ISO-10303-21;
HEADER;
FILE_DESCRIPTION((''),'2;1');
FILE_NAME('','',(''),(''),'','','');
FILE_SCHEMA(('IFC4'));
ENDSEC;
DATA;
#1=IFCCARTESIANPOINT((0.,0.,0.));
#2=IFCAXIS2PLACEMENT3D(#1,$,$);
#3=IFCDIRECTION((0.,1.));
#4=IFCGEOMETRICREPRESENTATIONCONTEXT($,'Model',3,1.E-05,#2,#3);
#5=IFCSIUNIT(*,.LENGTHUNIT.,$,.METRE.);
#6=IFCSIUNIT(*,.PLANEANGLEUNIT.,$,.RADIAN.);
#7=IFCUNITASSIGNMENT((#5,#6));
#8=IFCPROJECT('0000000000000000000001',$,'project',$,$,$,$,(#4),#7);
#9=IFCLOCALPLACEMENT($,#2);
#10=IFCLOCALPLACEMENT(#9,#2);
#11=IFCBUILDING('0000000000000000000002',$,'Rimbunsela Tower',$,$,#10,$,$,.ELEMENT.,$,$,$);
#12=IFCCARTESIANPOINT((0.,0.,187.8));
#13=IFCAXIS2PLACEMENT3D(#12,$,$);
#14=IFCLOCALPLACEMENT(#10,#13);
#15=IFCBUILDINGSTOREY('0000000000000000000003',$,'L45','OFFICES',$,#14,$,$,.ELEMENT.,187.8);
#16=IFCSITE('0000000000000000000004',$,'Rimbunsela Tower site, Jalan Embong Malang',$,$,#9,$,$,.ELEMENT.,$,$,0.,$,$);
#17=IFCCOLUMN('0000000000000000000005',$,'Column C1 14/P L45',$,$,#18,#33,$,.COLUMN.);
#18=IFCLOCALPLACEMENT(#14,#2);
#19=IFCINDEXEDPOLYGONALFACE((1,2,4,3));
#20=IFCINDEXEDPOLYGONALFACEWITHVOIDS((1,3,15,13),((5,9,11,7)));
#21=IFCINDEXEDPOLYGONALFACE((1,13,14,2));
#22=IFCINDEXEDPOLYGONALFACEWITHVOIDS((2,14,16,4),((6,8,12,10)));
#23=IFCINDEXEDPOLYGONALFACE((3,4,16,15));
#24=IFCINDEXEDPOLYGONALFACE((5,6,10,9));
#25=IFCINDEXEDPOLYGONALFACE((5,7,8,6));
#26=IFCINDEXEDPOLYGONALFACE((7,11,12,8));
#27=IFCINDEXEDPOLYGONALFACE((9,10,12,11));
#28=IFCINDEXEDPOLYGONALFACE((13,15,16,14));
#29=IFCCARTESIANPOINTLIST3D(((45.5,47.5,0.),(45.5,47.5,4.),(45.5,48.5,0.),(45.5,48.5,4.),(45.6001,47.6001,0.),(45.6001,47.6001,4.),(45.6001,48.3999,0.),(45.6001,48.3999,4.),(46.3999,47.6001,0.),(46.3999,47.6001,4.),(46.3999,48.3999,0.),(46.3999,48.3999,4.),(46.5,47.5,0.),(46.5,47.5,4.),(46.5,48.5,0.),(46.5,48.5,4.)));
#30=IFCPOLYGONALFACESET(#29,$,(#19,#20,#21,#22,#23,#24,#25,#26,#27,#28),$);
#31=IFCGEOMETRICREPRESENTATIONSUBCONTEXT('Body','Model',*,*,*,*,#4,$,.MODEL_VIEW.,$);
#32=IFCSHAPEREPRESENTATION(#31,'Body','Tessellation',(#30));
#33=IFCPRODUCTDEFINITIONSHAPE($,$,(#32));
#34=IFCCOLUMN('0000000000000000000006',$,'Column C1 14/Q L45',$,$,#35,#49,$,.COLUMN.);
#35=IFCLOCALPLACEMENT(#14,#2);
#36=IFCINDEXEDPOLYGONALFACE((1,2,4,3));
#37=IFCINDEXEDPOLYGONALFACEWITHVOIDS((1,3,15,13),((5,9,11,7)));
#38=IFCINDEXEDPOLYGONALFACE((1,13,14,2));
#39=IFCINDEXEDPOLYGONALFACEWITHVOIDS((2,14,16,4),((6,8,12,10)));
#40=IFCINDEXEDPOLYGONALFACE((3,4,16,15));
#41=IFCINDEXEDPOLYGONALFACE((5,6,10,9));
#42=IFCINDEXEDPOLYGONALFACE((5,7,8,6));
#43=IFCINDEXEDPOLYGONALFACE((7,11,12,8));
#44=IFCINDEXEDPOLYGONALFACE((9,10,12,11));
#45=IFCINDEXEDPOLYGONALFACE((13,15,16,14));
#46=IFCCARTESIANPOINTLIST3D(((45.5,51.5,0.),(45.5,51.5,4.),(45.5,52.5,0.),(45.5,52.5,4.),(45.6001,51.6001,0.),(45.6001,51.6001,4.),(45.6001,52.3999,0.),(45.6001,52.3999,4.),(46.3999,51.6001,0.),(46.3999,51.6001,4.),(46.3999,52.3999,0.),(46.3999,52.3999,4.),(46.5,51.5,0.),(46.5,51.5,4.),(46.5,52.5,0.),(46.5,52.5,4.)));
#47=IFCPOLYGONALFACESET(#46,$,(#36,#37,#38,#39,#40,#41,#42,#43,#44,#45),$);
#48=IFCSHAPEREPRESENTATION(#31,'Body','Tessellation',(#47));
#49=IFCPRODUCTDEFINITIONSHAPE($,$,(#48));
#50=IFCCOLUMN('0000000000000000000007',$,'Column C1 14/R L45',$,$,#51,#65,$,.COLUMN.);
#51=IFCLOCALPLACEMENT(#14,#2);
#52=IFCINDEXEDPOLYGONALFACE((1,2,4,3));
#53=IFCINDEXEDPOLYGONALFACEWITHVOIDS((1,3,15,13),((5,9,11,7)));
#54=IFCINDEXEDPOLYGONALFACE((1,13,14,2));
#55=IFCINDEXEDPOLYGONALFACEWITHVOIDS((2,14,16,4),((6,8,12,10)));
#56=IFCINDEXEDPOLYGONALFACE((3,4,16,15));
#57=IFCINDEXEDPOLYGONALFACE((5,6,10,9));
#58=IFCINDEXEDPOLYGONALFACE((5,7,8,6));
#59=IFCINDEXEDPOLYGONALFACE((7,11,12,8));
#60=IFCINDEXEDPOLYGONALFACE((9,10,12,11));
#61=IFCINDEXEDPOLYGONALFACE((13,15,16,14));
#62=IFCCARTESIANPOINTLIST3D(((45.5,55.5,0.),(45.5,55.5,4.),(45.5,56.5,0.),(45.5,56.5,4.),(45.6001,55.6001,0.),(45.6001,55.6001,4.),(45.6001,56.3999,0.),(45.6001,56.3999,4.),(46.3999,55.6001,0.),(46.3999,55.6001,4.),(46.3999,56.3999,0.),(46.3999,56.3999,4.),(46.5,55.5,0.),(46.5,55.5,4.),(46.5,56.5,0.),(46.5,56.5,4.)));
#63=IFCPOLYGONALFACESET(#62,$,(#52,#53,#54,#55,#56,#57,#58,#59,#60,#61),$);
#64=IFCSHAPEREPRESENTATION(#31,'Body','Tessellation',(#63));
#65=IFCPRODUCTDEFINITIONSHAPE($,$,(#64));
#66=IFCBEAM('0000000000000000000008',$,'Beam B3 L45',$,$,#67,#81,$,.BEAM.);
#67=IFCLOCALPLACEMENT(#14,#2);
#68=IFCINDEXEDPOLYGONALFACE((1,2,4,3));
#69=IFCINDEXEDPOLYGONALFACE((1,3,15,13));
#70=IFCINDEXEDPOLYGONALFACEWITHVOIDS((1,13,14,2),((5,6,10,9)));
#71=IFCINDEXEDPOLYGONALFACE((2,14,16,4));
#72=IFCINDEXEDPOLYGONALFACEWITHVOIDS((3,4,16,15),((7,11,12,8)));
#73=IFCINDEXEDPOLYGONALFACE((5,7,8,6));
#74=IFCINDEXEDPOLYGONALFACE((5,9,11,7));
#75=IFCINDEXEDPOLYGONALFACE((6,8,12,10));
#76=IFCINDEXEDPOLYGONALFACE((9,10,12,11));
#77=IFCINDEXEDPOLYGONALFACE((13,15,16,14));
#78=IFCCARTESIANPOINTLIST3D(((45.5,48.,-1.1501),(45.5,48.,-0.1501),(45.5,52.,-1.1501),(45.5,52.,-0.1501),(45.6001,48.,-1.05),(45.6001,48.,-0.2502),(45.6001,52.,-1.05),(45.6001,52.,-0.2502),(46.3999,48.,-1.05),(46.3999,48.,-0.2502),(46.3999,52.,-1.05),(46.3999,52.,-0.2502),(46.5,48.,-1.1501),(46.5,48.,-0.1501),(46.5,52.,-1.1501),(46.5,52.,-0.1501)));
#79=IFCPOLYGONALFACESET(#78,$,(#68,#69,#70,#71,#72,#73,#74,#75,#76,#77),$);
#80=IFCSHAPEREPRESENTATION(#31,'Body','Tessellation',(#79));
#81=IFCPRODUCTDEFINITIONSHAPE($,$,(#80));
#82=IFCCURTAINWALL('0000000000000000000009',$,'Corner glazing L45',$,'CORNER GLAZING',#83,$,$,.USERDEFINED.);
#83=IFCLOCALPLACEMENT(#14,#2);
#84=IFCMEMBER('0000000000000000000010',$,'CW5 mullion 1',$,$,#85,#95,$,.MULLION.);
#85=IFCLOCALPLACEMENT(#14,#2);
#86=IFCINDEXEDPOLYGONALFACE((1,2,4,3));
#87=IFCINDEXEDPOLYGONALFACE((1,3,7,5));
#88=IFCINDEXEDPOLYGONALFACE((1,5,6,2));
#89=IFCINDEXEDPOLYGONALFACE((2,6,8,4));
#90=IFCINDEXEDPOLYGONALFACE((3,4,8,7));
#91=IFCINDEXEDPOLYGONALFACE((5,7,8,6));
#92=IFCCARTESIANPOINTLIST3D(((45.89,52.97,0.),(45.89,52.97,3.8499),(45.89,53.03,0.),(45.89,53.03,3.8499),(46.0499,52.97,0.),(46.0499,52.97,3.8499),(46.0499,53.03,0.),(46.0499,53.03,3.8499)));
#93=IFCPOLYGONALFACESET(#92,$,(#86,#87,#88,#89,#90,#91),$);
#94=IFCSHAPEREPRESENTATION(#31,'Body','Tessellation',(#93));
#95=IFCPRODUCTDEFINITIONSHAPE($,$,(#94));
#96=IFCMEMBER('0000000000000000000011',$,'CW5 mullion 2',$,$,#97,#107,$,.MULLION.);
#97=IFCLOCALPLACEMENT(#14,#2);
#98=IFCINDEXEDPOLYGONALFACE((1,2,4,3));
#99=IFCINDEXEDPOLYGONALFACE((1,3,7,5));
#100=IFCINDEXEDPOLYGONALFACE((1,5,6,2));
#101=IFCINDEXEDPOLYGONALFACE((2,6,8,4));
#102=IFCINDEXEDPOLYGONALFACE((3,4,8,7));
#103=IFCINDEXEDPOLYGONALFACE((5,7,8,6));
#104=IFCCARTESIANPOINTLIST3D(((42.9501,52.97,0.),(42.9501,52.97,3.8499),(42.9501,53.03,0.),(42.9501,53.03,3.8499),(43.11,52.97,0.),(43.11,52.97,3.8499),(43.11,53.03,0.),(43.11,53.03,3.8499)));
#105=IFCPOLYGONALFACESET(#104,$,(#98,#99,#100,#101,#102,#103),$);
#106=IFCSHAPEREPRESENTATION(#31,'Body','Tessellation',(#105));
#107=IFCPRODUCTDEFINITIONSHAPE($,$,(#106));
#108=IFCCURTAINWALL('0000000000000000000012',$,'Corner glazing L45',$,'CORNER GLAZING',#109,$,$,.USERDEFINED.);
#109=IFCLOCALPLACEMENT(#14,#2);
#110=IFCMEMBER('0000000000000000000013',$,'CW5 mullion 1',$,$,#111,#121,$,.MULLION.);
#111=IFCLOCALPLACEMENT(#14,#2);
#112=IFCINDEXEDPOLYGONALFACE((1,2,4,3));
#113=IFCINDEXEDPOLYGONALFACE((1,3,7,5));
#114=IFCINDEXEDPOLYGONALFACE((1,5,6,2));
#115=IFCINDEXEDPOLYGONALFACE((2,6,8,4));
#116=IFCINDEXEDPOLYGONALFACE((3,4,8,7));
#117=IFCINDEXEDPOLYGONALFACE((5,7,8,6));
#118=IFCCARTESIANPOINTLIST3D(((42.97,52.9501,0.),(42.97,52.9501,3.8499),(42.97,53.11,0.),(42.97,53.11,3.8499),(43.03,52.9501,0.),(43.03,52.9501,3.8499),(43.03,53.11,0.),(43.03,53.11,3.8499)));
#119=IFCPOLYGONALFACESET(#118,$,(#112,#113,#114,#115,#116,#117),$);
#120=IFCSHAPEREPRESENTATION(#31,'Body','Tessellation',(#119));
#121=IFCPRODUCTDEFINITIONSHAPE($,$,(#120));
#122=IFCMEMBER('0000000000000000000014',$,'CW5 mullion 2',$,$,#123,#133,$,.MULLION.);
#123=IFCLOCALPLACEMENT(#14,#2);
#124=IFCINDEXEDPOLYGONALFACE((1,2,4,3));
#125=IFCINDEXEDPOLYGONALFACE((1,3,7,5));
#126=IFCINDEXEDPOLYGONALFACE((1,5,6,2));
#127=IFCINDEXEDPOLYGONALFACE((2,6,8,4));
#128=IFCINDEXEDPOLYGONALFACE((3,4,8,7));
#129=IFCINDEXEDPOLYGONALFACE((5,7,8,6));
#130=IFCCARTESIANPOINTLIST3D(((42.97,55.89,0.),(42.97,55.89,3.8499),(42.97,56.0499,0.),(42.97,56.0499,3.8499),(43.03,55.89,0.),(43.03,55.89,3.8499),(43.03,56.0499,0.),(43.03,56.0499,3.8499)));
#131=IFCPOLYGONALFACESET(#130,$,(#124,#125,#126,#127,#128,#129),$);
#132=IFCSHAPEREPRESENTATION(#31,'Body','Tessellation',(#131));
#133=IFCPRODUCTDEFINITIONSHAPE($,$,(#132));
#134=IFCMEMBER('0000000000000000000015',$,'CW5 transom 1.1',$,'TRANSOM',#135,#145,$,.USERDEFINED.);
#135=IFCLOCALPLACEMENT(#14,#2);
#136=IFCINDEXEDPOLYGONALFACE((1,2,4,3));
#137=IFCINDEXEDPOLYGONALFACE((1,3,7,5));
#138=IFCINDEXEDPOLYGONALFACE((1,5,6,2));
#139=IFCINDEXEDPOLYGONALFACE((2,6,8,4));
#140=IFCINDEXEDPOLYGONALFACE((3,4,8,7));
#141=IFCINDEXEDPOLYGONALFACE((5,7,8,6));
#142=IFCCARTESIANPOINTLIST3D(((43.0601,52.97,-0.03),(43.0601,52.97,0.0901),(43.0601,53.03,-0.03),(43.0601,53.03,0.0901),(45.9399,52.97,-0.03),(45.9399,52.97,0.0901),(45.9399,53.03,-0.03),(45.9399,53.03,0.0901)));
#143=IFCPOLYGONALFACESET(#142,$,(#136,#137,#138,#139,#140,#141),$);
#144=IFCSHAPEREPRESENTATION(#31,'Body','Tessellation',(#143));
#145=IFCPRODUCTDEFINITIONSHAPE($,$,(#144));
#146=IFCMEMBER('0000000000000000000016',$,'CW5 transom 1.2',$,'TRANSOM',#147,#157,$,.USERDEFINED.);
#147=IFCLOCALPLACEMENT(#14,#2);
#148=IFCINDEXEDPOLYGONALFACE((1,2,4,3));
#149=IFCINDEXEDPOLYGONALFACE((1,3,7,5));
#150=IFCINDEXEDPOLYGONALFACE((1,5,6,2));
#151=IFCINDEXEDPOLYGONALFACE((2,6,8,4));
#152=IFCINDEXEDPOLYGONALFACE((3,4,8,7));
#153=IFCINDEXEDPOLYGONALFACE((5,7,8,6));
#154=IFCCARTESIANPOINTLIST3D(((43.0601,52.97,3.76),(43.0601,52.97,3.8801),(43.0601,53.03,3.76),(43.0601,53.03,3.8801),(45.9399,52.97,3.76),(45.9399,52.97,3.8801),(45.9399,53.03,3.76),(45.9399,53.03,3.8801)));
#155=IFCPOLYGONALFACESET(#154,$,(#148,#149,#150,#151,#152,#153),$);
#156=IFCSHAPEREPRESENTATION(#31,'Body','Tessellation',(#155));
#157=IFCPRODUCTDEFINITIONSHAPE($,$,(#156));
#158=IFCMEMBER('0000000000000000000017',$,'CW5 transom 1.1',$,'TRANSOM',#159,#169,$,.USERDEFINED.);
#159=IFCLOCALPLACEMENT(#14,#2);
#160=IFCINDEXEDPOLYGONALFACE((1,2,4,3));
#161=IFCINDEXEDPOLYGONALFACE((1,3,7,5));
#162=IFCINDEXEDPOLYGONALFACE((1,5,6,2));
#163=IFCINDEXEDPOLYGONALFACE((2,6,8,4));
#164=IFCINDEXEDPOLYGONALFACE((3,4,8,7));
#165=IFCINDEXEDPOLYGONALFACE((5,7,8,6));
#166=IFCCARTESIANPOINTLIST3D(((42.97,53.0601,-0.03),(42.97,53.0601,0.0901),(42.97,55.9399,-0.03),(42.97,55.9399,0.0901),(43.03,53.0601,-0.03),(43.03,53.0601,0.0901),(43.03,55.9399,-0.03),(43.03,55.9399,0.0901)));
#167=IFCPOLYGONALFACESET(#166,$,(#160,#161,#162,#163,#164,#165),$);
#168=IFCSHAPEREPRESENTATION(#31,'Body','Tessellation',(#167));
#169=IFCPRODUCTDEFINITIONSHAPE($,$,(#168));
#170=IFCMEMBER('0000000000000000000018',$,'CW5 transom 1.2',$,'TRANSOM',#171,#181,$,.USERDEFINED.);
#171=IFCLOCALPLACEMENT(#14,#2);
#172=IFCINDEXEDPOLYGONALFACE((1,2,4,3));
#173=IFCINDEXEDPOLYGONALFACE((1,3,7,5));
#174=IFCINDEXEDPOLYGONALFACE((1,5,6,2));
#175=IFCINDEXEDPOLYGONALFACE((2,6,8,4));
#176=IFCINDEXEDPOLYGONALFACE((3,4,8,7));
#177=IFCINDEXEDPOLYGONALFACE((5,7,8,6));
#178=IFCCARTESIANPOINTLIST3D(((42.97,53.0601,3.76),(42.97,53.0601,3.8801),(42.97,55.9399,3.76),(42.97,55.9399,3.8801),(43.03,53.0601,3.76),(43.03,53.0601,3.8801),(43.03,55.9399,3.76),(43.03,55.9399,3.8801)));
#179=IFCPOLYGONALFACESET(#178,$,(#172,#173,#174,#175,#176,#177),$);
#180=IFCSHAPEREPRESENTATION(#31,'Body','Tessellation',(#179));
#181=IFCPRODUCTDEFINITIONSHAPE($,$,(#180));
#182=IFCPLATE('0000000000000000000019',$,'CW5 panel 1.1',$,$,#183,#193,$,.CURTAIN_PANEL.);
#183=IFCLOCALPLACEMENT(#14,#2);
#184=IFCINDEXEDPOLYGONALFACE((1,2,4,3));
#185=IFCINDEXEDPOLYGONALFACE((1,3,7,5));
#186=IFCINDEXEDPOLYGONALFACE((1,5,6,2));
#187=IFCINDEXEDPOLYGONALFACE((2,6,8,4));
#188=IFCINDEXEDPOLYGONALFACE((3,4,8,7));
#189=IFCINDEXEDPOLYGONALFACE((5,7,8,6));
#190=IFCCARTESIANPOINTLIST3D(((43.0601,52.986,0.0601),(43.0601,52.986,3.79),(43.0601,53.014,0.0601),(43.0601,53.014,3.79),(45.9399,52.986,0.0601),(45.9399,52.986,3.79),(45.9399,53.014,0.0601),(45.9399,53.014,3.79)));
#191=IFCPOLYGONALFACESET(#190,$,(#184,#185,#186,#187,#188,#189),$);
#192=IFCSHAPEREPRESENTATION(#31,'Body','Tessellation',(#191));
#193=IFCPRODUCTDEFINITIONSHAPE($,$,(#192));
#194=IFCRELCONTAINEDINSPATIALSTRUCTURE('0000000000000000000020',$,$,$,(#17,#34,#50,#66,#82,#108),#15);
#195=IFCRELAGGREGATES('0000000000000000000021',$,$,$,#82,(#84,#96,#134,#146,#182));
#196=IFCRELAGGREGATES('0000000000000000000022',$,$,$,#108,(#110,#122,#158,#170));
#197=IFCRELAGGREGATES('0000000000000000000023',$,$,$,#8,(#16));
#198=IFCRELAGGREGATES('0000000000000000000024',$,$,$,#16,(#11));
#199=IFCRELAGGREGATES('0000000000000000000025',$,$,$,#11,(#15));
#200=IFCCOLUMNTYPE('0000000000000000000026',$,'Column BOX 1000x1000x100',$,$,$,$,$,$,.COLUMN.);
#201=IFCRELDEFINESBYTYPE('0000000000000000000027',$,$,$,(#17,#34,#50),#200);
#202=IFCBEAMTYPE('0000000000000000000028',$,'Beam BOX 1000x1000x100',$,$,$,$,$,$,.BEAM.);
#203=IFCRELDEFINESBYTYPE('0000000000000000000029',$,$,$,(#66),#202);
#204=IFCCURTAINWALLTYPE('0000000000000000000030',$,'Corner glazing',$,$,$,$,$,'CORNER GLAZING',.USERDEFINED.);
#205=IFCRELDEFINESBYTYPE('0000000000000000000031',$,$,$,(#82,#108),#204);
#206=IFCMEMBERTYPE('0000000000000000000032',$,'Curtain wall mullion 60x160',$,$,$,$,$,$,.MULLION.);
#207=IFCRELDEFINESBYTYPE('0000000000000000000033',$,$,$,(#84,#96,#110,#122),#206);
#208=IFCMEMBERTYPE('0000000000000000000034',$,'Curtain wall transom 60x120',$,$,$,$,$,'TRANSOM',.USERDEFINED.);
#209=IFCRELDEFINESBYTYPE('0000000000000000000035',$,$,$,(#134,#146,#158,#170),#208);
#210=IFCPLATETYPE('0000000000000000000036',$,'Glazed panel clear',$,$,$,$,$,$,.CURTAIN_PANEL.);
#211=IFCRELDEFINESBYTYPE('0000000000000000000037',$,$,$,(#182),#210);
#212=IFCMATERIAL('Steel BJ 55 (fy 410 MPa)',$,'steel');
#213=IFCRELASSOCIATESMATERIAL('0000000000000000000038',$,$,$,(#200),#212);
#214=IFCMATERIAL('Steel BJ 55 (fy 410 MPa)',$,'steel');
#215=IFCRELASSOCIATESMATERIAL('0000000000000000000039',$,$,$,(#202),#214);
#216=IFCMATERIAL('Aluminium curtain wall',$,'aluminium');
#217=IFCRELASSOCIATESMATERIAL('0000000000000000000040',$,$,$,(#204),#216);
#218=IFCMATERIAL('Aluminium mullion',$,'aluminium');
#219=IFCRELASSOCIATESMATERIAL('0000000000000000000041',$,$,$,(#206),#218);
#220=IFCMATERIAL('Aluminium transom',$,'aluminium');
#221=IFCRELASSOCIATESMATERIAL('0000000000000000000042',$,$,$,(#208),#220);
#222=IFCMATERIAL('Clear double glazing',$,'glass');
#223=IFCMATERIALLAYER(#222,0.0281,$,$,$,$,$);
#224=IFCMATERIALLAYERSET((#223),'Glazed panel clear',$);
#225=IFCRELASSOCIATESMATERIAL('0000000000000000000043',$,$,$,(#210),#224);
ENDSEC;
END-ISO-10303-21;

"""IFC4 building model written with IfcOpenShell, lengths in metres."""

from ifc_helpers import new_model, si_unit, direction, frame, origin, origin_2d, place, context, subcontext, project, spatial, rectangle, hollow_rectangle, extrude, material, layer, layer_set, material_profile, profile_set, type_object, element, aggregate, save


model = new_model("IFC4")

# Units and contexts
model_context = context("Model", 3, precision=1e-05, world=origin(), true_north=direction((0.0, 1.0)))
body_context = subcontext(model_context, "Body", "Model", "MODEL_VIEW")
ifc_project = project(units=[si_unit("LENGTHUNIT", "METRE"), si_unit("PLANEANGLEUNIT", "RADIAN")], contexts=[model_context])

# Site, building, storey
site_placement = place(None, origin())
site = spatial("IfcSite", under=ifc_project, at=site_placement, Name="Rimbunsela Tower site, Jalan Embong Malang", CompositionType="ELEMENT", RefElevation=0.0)
building_placement = place(site_placement, origin())
building = spatial("IfcBuilding", under=site, at=building_placement, Name="Rimbunsela Tower", CompositionType="ELEMENT")
storey_placement = place(building_placement, frame((0.0, 0.0, 187.8)))
storey = spatial("IfcBuildingStorey", under=building, at=storey_placement, Name="L45", Description="OFFICES", CompositionType="ELEMENT", Elevation=187.8)

# Columns
ifc_material_1 = material(Name="Steel BJ 55 (fy 410 MPa)", Category="steel")
ifc_material_profile_1 = material_profile(ifc_material_1, hollow_rectangle(XDim=1.0, YDim=1.0, WallThickness=0.1001, at=origin_2d()), Name="BOX 1000x1000x100")
ifc_profile_set_1 = profile_set([ifc_material_profile_1], Name="Steel BJ 55 (fy 410 MPa)")
column_type = type_object("IfcColumnType", Name="Column BOX 1000x1000x100", PredefinedType="COLUMN", material=ifc_profile_set_1)
for number, where, z_axis, x_axis, name in (
    (1, (46.0, 48.0, 0.0), (0.0, 0.0, 1.0), (1.0, 0.0, 0.0), "Column C1 14/P L45"),
    (2, (46.0, 52.0, 0.0), (0.0, 0.0, 1.0), (1.0, 0.0, 0.0), "Column C1 14/Q L45"),
    (3, (46.0, 56.0, 0.0), (0.0, 0.0, 1.0), (1.0, 0.0, 0.0), "Column C1 14/R L45"),
):
    element("IfcColumn", number, at=place(storey_placement, frame(where, z_axis=z_axis, x_axis=x_axis)), inside=storey, type_object=column_type, Name=name, PredefinedType="COLUMN", context=body_context, shape_type="SweptSolid", body=[
        extrude(hollow_rectangle(XDim=1.0, YDim=1.0, WallThickness=0.1001, at=origin_2d()), origin(), (0.0, 0.0, 1.0), 4.0),
    ])

# Beam
ifc_material_2 = material(Name="Steel BJ 55 (fy 410 MPa)", Category="steel")
ifc_material_profile_2 = material_profile(ifc_material_2, hollow_rectangle(XDim=1.0, YDim=1.0, WallThickness=0.1001, at=origin_2d()), Name="BOX 1000x1000x100")
ifc_profile_set_2 = profile_set([ifc_material_profile_2], Name="Steel BJ 55 (fy 410 MPa)")
beam_type = type_object("IfcBeamType", Name="Beam BOX 1000x1000x100", PredefinedType="BEAM", material=ifc_profile_set_2)
beam_placement = place(storey_placement, frame((46.0, 48.0, -0.6501), z_axis=(0.0, 1.0, 0.0), x_axis=(-1.0, 0.0, 0.0)))
element("IfcBeam", 4, at=beam_placement, inside=storey, type_object=beam_type, Name="Beam B3 L45", PredefinedType="BEAM", context=body_context, shape_type="SweptSolid", body=[
    extrude(hollow_rectangle(XDim=1.0, YDim=1.0, WallThickness=0.1001, at=origin_2d()), origin(), (0.0, 0.0, 1.0), 4.0),
])

# Curtain walls, members
ifc_material_3 = material(Name="Aluminium curtain wall", Category="aluminium")
curtain_wall_type = type_object("IfcCurtainWallType", Name="Corner glazing", ElementType="CORNER GLAZING", PredefinedType="USERDEFINED", material=ifc_material_3)
curtain_wall_1_placement = place(storey_placement, origin())
curtain_wall_1 = element("IfcCurtainWall", 5, at=curtain_wall_1_placement, inside=storey, type_object=curtain_wall_type, Name="Corner glazing L45", ObjectType="CORNER GLAZING", PredefinedType="USERDEFINED")
ifc_material_4 = material(Name="Aluminium mullion", Category="aluminium")
ifc_material_profile_3 = material_profile(ifc_material_4, rectangle(XDim=0.0601, YDim=0.1599, at=origin_2d()), Name="Mullion 60x160")
ifc_profile_set_3 = profile_set([ifc_material_profile_3], Name="Aluminium mullion")
member_type_1 = type_object("IfcMemberType", Name="Curtain wall mullion 60x160", PredefinedType="MULLION", material=ifc_profile_set_3)
member_1_placement = place(storey_placement, frame((45.97, 53.0, 0.0), z_axis=(0.0, 0.0, 1.0), x_axis=(0.0, -1.0, 0.0)))
member_1 = element("IfcMember", 6, at=member_1_placement, type_object=member_type_1, Name="CW5 mullion 1", PredefinedType="MULLION", context=body_context, shape_type="SweptSolid", body=[
    extrude(rectangle(XDim=0.0601, YDim=0.1599, at=origin_2d()), origin(), (0.0, 0.0, 1.0), 3.8499),
])
member_2_placement = place(storey_placement, frame((43.03, 53.0, 0.0), z_axis=(0.0, 0.0, 1.0), x_axis=(0.0, -1.0, 0.0)))
member_2 = element("IfcMember", 7, at=member_2_placement, type_object=member_type_1, Name="CW5 mullion 2", PredefinedType="MULLION", context=body_context, shape_type="SweptSolid", body=[
    extrude(rectangle(XDim=0.0601, YDim=0.1599, at=origin_2d()), origin(), (0.0, 0.0, 1.0), 3.8499),
])
curtain_wall_2_placement = place(storey_placement, origin())
curtain_wall_2 = element("IfcCurtainWall", 8, at=curtain_wall_2_placement, inside=storey, type_object=curtain_wall_type, Name="Corner glazing L45", ObjectType="CORNER GLAZING", PredefinedType="USERDEFINED")
member_3_placement = place(storey_placement, frame((43.0, 53.03, 0.0), z_axis=(0.0, 0.0, 1.0), x_axis=(-1.0, 0.0, 0.0)))
member_3 = element("IfcMember", 9, at=member_3_placement, type_object=member_type_1, Name="CW5 mullion 1", PredefinedType="MULLION", context=body_context, shape_type="SweptSolid", body=[
    extrude(rectangle(XDim=0.0601, YDim=0.1599, at=origin_2d()), origin(), (0.0, 0.0, 1.0), 3.8499),
])
member_4_placement = place(storey_placement, frame((43.0, 55.97, 0.0), z_axis=(0.0, 0.0, 1.0), x_axis=(-1.0, 0.0, 0.0)))
member_4 = element("IfcMember", 10, at=member_4_placement, type_object=member_type_1, Name="CW5 mullion 2", PredefinedType="MULLION", context=body_context, shape_type="SweptSolid", body=[
    extrude(rectangle(XDim=0.0601, YDim=0.1599, at=origin_2d()), origin(), (0.0, 0.0, 1.0), 3.8499),
])

# Members
ifc_material_5 = material(Name="Aluminium transom", Category="aluminium")
ifc_material_profile_4 = material_profile(ifc_material_5, rectangle(XDim=0.0601, YDim=0.1201, at=origin_2d()), Name="Transom 60x120")
ifc_profile_set_4 = profile_set([ifc_material_profile_4], Name="Aluminium transom")
member_type_2 = type_object("IfcMemberType", Name="Curtain wall transom 60x120", ElementType="TRANSOM", PredefinedType="USERDEFINED", material=ifc_profile_set_4)
member_5_placement = place(storey_placement, frame((45.9399, 53.0, 0.03), z_axis=(-1.0, 0.0, 0.0), x_axis=(0.0, -1.0, 0.0)))
member_5 = element("IfcMember", 11, at=member_5_placement, type_object=member_type_2, Name="CW5 transom 1.1", ObjectType="TRANSOM", PredefinedType="USERDEFINED", context=body_context, shape_type="SweptSolid", body=[
    extrude(rectangle(XDim=0.0601, YDim=0.1201, at=origin_2d()), origin(), (0.0, 0.0, 1.0), 2.8799),
])
member_6_placement = place(storey_placement, frame((45.9399, 53.0, 3.8201), z_axis=(-1.0, 0.0, 0.0), x_axis=(0.0, -1.0, 0.0)))
member_6 = element("IfcMember", 12, at=member_6_placement, type_object=member_type_2, Name="CW5 transom 1.2", ObjectType="TRANSOM", PredefinedType="USERDEFINED", context=body_context, shape_type="SweptSolid", body=[
    extrude(rectangle(XDim=0.0601, YDim=0.1201, at=origin_2d()), origin(), (0.0, 0.0, 1.0), 2.8799),
])
member_7_placement = place(storey_placement, frame((43.0, 53.0601, 0.03), z_axis=(0.0, 1.0, 0.0), x_axis=(-1.0, 0.0, 0.0)))
member_7 = element("IfcMember", 13, at=member_7_placement, type_object=member_type_2, Name="CW5 transom 1.1", ObjectType="TRANSOM", PredefinedType="USERDEFINED", context=body_context, shape_type="SweptSolid", body=[
    extrude(rectangle(XDim=0.0601, YDim=0.1201, at=origin_2d()), origin(), (0.0, 0.0, 1.0), 2.8799),
])
member_8_placement = place(storey_placement, frame((43.0, 53.0601, 3.8201), z_axis=(0.0, 1.0, 0.0), x_axis=(-1.0, 0.0, 0.0)))
member_8 = element("IfcMember", 14, at=member_8_placement, type_object=member_type_2, Name="CW5 transom 1.2", ObjectType="TRANSOM", PredefinedType="USERDEFINED", context=body_context, shape_type="SweptSolid", body=[
    extrude(rectangle(XDim=0.0601, YDim=0.1201, at=origin_2d()), origin(), (0.0, 0.0, 1.0), 2.8799),
])

# Plate
ifc_material_6 = material(Name="Clear double glazing", Category="glass")
ifc_layer_1 = layer(ifc_material_6, 0.0281)
ifc_layer_set_1 = layer_set([ifc_layer_1], Name="Glazed panel clear")
plate_type = type_object("IfcPlateType", Name="Glazed panel clear", PredefinedType="CURTAIN_PANEL", material=ifc_layer_set_1)
plate_1_placement = place(storey_placement, frame((44.5, 53.0, 0.0601), z_axis=(0.0, 0.0, 1.0), x_axis=(-1.0, 0.0, 0.0)))
plate_1 = element("IfcPlate", 15, at=plate_1_placement, type_object=plate_type, Name="CW5 panel 1.1", PredefinedType="CURTAIN_PANEL", context=body_context, shape_type="SweptSolid", body=[
    extrude(rectangle(XDim=2.8799, YDim=0.0281, at=origin_2d()), origin(), (0.0, 0.0, 1.0), 3.73),
])
aggregate(curtain_wall_1, [member_1, member_2, member_5, member_6, plate_1])
aggregate(curtain_wall_2, [member_3, member_4, member_7, member_8])

save(model, "model.ifc")
